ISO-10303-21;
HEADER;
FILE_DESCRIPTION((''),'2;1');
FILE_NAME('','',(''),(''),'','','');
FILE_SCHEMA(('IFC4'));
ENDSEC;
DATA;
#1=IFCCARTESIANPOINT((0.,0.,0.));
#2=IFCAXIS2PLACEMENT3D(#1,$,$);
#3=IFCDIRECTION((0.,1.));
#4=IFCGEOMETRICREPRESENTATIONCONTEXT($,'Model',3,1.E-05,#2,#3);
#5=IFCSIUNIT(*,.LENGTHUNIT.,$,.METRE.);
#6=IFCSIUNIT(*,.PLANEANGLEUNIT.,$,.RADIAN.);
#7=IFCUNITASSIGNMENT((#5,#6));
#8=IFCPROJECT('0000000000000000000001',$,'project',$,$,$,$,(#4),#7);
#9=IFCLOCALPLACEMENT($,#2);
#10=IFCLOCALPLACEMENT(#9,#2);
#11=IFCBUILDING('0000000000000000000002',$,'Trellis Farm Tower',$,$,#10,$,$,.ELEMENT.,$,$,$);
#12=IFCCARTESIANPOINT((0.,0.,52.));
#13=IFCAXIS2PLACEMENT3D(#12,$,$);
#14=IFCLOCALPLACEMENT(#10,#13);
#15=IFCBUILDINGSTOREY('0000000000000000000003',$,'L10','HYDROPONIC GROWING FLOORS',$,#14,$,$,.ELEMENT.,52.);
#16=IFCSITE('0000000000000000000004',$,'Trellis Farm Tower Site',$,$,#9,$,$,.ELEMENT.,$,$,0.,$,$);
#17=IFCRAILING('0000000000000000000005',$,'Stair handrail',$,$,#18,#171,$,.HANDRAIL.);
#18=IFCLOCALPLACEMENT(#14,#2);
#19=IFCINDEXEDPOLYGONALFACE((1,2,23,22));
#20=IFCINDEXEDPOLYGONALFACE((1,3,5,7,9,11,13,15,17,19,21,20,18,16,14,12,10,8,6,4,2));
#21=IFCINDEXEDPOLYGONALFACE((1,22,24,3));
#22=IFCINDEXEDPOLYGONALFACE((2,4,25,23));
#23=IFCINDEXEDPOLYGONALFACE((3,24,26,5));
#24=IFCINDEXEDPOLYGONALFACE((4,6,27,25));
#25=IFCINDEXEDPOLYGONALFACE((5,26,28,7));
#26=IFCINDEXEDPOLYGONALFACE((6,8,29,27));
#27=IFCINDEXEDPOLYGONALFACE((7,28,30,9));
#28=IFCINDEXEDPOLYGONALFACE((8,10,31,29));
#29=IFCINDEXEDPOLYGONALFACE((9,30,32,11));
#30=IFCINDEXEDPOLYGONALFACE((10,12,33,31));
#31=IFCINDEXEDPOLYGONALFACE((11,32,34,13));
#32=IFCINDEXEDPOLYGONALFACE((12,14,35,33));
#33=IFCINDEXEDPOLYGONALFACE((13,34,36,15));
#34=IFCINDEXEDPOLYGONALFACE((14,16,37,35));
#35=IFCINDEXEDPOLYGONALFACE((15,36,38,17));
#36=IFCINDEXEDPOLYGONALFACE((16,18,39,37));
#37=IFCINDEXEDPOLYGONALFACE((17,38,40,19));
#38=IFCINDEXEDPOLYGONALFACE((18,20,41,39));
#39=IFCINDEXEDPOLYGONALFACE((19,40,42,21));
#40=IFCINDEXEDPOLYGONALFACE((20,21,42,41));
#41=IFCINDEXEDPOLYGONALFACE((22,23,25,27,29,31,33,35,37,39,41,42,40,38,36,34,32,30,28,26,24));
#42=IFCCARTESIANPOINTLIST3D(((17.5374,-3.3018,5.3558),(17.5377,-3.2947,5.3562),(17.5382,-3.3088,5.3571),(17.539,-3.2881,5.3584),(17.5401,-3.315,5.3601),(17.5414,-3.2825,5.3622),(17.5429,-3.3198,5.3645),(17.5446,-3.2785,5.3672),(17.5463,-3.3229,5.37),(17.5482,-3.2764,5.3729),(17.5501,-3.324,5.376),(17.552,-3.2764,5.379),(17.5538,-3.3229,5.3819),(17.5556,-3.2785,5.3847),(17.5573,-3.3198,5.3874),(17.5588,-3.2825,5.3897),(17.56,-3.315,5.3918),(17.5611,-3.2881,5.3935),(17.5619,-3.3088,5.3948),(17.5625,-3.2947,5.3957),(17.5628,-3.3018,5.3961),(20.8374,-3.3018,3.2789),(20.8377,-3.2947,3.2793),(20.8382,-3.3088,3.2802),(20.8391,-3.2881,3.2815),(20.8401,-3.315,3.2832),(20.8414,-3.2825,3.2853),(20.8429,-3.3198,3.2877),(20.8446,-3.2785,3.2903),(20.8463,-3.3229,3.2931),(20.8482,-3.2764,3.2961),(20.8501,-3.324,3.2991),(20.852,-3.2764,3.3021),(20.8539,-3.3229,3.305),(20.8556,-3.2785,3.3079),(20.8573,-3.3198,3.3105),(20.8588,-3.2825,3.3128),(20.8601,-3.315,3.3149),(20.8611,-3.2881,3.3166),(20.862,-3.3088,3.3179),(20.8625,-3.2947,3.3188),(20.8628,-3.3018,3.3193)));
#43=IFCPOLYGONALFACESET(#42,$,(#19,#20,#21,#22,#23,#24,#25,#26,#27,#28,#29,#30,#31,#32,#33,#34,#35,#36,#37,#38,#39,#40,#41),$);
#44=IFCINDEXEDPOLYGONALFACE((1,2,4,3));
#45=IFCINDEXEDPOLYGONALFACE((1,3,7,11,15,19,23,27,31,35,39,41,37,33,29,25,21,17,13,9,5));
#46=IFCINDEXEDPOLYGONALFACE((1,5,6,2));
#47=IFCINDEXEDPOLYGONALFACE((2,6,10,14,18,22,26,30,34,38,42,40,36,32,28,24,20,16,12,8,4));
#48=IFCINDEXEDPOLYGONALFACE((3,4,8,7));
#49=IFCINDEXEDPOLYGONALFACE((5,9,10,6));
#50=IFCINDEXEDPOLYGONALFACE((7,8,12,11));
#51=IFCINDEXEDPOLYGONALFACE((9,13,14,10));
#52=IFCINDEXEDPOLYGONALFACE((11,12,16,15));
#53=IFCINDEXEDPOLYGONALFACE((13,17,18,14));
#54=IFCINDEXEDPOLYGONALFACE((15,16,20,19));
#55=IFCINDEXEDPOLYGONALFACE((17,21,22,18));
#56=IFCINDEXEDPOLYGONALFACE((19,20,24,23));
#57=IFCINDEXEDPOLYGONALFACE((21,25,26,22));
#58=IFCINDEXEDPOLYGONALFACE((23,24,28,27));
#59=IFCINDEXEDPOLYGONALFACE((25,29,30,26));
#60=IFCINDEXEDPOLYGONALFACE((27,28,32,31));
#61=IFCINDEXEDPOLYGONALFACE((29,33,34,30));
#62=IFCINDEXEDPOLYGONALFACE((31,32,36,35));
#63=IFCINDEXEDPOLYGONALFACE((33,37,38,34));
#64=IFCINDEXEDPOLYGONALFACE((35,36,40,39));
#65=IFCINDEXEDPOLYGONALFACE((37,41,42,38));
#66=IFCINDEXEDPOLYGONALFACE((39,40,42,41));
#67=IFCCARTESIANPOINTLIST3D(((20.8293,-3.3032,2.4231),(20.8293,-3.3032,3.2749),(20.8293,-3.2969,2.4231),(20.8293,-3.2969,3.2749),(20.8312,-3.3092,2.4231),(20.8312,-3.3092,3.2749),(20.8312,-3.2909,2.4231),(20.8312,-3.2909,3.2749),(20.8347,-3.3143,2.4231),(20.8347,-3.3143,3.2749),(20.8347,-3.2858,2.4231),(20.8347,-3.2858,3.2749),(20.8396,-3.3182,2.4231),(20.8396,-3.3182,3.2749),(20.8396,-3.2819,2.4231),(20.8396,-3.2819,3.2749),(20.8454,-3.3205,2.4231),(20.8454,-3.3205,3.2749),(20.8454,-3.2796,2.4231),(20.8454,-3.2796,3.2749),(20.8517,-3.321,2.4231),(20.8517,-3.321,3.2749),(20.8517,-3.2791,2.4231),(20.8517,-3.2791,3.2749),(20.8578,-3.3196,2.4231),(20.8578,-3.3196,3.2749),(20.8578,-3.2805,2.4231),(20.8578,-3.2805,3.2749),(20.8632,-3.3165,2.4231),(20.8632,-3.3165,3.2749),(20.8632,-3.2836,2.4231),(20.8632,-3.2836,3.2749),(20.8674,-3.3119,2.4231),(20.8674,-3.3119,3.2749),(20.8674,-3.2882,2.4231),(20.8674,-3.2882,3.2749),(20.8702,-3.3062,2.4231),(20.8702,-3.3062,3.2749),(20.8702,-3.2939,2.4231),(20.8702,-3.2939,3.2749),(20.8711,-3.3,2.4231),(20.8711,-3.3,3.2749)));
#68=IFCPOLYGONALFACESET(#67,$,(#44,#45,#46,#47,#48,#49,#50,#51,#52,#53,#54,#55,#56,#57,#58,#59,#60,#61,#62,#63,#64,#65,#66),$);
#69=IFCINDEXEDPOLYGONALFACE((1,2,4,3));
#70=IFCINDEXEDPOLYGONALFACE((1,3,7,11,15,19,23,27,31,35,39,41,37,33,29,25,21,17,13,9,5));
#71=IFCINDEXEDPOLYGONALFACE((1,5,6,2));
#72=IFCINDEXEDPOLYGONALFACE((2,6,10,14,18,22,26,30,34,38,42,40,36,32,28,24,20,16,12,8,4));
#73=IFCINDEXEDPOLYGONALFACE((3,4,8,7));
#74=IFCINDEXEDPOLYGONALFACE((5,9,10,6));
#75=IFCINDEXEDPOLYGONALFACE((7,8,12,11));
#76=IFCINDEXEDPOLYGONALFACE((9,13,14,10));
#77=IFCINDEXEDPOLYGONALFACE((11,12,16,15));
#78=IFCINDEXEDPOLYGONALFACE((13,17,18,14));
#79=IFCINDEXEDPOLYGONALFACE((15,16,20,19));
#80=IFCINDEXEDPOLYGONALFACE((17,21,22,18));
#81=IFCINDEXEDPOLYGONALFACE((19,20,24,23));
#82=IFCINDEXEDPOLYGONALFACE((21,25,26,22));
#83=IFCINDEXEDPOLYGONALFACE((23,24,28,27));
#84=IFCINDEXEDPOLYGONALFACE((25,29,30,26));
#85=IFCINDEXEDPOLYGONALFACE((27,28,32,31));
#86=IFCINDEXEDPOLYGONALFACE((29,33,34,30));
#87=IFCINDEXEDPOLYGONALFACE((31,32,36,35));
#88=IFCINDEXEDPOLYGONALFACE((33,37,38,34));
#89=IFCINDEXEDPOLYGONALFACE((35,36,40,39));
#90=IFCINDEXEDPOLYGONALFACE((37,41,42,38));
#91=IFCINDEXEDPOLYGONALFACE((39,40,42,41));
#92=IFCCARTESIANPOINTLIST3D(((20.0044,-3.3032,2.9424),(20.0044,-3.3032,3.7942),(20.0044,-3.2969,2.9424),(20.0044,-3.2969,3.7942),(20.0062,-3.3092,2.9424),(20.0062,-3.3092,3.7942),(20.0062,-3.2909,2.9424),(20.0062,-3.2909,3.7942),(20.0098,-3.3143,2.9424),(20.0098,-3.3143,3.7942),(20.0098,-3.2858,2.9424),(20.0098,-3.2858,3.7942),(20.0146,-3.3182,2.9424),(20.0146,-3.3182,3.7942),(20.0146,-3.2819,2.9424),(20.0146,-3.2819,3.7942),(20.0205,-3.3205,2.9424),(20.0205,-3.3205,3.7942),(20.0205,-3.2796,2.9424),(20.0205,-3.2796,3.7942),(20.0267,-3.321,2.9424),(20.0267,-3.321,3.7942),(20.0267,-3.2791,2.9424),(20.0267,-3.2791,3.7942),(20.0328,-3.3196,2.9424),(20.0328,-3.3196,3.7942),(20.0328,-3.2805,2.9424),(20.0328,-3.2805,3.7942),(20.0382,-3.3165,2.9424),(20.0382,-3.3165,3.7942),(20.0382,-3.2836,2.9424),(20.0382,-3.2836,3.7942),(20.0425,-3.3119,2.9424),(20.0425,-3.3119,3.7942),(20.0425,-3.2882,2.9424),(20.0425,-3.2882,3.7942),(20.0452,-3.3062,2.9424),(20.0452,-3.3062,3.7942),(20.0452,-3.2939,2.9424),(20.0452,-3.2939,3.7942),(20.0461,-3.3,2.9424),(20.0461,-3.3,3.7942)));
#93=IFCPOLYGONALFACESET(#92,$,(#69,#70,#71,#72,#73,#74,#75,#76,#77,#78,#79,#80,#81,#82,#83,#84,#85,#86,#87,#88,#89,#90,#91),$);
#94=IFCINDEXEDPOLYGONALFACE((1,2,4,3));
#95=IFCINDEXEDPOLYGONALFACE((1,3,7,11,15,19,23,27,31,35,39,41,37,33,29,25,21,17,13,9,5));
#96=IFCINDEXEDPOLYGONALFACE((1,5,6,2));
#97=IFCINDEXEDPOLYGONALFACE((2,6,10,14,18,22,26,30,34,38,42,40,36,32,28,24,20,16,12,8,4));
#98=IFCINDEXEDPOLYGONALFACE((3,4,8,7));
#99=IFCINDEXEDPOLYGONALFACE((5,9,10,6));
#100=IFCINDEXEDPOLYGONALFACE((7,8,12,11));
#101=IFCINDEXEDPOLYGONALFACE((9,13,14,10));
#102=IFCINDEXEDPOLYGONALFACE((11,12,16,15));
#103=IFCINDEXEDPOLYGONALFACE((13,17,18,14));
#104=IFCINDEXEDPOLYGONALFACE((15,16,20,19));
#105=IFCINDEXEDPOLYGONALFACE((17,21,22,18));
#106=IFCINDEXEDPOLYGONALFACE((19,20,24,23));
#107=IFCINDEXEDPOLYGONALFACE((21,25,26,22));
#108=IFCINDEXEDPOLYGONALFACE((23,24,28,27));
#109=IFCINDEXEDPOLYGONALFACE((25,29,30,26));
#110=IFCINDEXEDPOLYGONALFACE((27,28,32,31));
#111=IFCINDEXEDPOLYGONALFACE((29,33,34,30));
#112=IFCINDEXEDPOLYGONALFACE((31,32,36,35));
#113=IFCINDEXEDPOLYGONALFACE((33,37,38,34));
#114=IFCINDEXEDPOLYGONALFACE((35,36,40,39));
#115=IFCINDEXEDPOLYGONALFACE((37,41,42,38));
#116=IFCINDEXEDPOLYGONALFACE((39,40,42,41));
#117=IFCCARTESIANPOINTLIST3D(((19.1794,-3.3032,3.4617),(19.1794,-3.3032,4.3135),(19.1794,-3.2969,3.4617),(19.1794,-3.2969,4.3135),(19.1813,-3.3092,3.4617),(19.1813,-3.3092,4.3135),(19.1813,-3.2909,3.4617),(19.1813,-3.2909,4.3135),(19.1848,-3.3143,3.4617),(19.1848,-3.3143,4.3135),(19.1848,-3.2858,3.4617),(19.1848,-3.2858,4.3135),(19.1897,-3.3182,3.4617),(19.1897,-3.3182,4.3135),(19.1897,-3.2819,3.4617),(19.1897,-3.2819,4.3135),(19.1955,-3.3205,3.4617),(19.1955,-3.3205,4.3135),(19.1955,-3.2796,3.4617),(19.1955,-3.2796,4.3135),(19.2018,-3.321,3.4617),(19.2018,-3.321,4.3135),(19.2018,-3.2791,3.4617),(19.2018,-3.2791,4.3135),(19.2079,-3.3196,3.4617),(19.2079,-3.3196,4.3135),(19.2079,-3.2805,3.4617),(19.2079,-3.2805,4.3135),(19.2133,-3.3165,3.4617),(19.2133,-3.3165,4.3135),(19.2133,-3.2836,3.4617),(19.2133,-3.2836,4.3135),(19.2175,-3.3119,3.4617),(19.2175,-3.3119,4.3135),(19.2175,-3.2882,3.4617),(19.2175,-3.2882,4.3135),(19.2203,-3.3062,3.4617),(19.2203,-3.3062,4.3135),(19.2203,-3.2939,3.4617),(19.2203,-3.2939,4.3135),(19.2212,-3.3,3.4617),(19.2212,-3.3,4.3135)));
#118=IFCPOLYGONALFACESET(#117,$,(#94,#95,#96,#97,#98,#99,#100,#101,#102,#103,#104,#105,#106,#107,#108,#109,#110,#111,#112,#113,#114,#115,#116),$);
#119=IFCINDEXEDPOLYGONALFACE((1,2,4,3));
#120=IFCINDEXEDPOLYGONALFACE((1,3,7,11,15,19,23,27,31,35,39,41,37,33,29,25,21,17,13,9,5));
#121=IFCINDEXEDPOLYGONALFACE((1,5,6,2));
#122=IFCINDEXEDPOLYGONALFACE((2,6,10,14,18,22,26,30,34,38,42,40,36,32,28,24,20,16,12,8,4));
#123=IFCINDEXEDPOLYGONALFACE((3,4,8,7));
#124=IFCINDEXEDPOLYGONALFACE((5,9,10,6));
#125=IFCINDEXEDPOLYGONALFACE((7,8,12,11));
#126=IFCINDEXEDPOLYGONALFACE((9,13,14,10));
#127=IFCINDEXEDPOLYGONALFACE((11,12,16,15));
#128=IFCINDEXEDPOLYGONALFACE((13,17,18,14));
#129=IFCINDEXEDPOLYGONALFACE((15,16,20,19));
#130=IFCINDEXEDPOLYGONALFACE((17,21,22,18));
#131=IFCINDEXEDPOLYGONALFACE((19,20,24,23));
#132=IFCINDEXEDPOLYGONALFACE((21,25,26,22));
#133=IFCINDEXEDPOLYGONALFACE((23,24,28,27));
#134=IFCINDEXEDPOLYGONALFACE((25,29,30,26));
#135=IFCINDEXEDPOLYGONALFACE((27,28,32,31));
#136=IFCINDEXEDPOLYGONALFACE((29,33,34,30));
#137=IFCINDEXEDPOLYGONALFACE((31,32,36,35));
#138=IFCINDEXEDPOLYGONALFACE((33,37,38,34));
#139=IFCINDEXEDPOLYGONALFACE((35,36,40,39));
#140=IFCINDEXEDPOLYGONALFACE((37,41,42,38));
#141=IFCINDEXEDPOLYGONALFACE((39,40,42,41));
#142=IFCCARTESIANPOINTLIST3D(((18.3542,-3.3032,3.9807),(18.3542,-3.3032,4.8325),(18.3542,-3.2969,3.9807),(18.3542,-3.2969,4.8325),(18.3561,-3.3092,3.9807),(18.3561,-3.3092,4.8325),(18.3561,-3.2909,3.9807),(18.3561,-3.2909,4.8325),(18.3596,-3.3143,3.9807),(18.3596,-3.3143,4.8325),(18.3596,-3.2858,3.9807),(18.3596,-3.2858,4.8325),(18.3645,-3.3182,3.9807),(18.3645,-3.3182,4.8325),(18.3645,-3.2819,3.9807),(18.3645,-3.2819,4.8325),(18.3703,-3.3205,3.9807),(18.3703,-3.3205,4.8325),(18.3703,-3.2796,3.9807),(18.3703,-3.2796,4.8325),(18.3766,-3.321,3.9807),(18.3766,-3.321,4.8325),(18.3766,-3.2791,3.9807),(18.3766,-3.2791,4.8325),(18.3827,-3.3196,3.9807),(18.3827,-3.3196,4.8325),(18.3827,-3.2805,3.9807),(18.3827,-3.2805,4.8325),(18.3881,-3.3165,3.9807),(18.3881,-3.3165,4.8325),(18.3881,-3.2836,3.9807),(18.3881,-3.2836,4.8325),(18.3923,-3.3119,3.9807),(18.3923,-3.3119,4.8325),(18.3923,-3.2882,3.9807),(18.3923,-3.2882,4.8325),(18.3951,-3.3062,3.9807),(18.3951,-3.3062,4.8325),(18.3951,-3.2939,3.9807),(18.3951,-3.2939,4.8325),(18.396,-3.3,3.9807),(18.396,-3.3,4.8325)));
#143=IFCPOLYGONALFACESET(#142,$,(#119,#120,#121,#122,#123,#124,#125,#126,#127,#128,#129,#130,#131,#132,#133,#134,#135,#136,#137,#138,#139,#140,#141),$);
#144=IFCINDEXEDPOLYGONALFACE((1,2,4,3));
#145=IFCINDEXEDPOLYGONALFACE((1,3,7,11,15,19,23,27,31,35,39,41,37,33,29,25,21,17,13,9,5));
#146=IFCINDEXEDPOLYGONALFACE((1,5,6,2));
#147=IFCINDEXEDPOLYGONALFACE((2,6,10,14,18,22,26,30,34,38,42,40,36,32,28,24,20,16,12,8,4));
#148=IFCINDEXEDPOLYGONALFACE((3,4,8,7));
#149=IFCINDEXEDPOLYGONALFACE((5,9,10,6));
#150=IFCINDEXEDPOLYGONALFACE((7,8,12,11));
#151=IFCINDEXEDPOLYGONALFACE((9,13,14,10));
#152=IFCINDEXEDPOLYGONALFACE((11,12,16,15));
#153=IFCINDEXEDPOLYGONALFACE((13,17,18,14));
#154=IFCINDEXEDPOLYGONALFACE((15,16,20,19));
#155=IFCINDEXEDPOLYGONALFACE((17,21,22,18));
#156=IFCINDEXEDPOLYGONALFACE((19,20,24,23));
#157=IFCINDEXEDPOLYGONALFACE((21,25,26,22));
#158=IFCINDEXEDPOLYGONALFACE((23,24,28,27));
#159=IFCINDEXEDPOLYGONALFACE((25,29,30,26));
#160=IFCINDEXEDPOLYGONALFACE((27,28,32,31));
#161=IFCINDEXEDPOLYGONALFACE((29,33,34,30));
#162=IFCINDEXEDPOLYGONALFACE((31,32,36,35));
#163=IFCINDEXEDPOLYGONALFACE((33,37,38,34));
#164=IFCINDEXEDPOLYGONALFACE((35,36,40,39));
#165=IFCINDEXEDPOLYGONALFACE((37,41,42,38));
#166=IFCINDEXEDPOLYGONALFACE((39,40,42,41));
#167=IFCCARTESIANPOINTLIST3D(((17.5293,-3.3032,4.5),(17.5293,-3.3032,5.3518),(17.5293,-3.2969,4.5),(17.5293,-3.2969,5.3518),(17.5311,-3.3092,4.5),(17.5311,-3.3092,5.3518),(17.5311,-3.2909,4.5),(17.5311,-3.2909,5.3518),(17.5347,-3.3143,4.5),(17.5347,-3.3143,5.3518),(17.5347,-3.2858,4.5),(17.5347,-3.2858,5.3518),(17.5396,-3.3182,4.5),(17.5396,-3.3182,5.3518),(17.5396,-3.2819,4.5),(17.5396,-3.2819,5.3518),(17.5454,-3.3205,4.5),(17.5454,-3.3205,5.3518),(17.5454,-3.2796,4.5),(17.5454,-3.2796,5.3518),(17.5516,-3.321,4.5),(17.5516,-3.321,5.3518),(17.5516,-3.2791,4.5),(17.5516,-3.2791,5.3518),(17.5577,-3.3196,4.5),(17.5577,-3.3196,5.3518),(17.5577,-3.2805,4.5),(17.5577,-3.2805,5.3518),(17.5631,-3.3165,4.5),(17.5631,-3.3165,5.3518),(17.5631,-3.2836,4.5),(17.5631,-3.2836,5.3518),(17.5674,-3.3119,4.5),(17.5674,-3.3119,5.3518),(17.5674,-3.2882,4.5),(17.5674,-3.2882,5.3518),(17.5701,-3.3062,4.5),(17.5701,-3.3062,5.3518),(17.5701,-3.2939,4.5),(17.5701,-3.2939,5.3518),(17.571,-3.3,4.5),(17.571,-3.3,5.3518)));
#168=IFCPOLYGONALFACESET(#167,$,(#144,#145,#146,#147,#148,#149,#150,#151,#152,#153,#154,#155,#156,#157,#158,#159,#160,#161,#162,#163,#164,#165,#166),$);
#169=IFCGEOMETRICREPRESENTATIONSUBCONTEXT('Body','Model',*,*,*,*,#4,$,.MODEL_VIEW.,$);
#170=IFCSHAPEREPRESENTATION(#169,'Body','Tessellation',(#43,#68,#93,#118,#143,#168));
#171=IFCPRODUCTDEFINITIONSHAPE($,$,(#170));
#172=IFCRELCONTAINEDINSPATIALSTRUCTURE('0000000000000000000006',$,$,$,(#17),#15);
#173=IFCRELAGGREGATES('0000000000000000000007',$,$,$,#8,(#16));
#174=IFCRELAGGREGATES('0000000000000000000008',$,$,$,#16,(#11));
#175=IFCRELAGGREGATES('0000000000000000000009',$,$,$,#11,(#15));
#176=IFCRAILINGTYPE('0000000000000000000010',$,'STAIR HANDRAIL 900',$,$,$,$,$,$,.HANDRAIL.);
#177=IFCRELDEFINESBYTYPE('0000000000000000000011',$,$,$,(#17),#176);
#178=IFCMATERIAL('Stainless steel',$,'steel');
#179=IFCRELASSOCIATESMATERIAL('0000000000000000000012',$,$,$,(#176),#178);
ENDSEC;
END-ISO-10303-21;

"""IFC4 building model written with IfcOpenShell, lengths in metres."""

from ifc_helpers import new_model, si_unit, direction, frame, origin, origin_2d, place, context, subcontext, project, spatial, circle, extrude, source, transform, mapped, material, type_object, element, save


model = new_model("IFC4")

# Units and contexts
model_context = context("Model", 3, precision=1e-05, world=origin(), true_north=direction((0.0, 1.0)))
body_context = subcontext(model_context, "Body", "Model", "MODEL_VIEW")
ifc_project = project(units=[si_unit("LENGTHUNIT", "METRE"), si_unit("PLANEANGLEUNIT", "RADIAN")], contexts=[model_context])

# Site, building, storey
site_placement = place(None, origin())
site = spatial("IfcSite", under=ifc_project, at=site_placement, Name="Trellis Farm Tower Site", CompositionType="ELEMENT", RefElevation=0.0)
building_placement = place(site_placement, origin())
building = spatial("IfcBuilding", under=site, at=building_placement, Name="Trellis Farm Tower", CompositionType="ELEMENT")
storey_placement = place(building_placement, frame((0.0, 0.0, 52.0)))
storey = spatial("IfcBuildingStorey", under=building, at=storey_placement, Name="L10", Description="HYDROPONIC GROWING FLOORS", CompositionType="ELEMENT", Elevation=52.0)

# Shared definitions
ifc_material_1 = material(Name="Stainless steel", Category="steel")

# Railing
railing_type = type_object("IfcRailingType", Name="STAIR HANDRAIL 900", PredefinedType="HANDRAIL", material=ifc_material_1)
shared_shape_1 = source(origin(), body_context, "Body", "SweptSolid", [
    extrude(circle(Radius=0.0239, at=origin_2d()), frame((0.0, 0.0, 0.876), z_axis=(-0.846337, 0.0, 0.532647), x_axis=(0.0, -1.0, 0.0)), (0.0, 0.0, 1.0), 3.8992),
    extrude(circle(Radius=0.021, at=origin_2d()), origin(), (0.0, 0.0, 1.0), 0.8518),
    extrude(circle(Radius=0.021, at=origin_2d()), frame((-0.825, 0.0, 0.5193)), (0.0, 0.0, 1.0), 0.8518),
    extrude(circle(Radius=0.021, at=origin_2d()), frame((-1.6499, 0.0, 1.0386)), (0.0, 0.0, 1.0), 0.8518),
    extrude(circle(Radius=0.021, at=origin_2d()), frame((-2.4751, 0.0, 1.5576)), (0.0, 0.0, 1.0), 0.8518),
    extrude(circle(Radius=0.021, at=origin_2d()), frame((-3.3, 0.0, 2.0769)), (0.0, 0.0, 1.0), 0.8518),
])
for number, where, name in (
    (1, (20.8501, -3.3, 2.4231), "Stair handrail"),
):
    element("IfcRailing", number, at=place(storey_placement, frame(where)), inside=storey, type_object=railing_type, Name=name, PredefinedType="HANDRAIL", context=body_context, shape_type="MappedRepresentation", body=[
        mapped(shared_shape_1, transform((0.0, 0.0, 0.0))),
    ])

save(model, "model.ifc")
